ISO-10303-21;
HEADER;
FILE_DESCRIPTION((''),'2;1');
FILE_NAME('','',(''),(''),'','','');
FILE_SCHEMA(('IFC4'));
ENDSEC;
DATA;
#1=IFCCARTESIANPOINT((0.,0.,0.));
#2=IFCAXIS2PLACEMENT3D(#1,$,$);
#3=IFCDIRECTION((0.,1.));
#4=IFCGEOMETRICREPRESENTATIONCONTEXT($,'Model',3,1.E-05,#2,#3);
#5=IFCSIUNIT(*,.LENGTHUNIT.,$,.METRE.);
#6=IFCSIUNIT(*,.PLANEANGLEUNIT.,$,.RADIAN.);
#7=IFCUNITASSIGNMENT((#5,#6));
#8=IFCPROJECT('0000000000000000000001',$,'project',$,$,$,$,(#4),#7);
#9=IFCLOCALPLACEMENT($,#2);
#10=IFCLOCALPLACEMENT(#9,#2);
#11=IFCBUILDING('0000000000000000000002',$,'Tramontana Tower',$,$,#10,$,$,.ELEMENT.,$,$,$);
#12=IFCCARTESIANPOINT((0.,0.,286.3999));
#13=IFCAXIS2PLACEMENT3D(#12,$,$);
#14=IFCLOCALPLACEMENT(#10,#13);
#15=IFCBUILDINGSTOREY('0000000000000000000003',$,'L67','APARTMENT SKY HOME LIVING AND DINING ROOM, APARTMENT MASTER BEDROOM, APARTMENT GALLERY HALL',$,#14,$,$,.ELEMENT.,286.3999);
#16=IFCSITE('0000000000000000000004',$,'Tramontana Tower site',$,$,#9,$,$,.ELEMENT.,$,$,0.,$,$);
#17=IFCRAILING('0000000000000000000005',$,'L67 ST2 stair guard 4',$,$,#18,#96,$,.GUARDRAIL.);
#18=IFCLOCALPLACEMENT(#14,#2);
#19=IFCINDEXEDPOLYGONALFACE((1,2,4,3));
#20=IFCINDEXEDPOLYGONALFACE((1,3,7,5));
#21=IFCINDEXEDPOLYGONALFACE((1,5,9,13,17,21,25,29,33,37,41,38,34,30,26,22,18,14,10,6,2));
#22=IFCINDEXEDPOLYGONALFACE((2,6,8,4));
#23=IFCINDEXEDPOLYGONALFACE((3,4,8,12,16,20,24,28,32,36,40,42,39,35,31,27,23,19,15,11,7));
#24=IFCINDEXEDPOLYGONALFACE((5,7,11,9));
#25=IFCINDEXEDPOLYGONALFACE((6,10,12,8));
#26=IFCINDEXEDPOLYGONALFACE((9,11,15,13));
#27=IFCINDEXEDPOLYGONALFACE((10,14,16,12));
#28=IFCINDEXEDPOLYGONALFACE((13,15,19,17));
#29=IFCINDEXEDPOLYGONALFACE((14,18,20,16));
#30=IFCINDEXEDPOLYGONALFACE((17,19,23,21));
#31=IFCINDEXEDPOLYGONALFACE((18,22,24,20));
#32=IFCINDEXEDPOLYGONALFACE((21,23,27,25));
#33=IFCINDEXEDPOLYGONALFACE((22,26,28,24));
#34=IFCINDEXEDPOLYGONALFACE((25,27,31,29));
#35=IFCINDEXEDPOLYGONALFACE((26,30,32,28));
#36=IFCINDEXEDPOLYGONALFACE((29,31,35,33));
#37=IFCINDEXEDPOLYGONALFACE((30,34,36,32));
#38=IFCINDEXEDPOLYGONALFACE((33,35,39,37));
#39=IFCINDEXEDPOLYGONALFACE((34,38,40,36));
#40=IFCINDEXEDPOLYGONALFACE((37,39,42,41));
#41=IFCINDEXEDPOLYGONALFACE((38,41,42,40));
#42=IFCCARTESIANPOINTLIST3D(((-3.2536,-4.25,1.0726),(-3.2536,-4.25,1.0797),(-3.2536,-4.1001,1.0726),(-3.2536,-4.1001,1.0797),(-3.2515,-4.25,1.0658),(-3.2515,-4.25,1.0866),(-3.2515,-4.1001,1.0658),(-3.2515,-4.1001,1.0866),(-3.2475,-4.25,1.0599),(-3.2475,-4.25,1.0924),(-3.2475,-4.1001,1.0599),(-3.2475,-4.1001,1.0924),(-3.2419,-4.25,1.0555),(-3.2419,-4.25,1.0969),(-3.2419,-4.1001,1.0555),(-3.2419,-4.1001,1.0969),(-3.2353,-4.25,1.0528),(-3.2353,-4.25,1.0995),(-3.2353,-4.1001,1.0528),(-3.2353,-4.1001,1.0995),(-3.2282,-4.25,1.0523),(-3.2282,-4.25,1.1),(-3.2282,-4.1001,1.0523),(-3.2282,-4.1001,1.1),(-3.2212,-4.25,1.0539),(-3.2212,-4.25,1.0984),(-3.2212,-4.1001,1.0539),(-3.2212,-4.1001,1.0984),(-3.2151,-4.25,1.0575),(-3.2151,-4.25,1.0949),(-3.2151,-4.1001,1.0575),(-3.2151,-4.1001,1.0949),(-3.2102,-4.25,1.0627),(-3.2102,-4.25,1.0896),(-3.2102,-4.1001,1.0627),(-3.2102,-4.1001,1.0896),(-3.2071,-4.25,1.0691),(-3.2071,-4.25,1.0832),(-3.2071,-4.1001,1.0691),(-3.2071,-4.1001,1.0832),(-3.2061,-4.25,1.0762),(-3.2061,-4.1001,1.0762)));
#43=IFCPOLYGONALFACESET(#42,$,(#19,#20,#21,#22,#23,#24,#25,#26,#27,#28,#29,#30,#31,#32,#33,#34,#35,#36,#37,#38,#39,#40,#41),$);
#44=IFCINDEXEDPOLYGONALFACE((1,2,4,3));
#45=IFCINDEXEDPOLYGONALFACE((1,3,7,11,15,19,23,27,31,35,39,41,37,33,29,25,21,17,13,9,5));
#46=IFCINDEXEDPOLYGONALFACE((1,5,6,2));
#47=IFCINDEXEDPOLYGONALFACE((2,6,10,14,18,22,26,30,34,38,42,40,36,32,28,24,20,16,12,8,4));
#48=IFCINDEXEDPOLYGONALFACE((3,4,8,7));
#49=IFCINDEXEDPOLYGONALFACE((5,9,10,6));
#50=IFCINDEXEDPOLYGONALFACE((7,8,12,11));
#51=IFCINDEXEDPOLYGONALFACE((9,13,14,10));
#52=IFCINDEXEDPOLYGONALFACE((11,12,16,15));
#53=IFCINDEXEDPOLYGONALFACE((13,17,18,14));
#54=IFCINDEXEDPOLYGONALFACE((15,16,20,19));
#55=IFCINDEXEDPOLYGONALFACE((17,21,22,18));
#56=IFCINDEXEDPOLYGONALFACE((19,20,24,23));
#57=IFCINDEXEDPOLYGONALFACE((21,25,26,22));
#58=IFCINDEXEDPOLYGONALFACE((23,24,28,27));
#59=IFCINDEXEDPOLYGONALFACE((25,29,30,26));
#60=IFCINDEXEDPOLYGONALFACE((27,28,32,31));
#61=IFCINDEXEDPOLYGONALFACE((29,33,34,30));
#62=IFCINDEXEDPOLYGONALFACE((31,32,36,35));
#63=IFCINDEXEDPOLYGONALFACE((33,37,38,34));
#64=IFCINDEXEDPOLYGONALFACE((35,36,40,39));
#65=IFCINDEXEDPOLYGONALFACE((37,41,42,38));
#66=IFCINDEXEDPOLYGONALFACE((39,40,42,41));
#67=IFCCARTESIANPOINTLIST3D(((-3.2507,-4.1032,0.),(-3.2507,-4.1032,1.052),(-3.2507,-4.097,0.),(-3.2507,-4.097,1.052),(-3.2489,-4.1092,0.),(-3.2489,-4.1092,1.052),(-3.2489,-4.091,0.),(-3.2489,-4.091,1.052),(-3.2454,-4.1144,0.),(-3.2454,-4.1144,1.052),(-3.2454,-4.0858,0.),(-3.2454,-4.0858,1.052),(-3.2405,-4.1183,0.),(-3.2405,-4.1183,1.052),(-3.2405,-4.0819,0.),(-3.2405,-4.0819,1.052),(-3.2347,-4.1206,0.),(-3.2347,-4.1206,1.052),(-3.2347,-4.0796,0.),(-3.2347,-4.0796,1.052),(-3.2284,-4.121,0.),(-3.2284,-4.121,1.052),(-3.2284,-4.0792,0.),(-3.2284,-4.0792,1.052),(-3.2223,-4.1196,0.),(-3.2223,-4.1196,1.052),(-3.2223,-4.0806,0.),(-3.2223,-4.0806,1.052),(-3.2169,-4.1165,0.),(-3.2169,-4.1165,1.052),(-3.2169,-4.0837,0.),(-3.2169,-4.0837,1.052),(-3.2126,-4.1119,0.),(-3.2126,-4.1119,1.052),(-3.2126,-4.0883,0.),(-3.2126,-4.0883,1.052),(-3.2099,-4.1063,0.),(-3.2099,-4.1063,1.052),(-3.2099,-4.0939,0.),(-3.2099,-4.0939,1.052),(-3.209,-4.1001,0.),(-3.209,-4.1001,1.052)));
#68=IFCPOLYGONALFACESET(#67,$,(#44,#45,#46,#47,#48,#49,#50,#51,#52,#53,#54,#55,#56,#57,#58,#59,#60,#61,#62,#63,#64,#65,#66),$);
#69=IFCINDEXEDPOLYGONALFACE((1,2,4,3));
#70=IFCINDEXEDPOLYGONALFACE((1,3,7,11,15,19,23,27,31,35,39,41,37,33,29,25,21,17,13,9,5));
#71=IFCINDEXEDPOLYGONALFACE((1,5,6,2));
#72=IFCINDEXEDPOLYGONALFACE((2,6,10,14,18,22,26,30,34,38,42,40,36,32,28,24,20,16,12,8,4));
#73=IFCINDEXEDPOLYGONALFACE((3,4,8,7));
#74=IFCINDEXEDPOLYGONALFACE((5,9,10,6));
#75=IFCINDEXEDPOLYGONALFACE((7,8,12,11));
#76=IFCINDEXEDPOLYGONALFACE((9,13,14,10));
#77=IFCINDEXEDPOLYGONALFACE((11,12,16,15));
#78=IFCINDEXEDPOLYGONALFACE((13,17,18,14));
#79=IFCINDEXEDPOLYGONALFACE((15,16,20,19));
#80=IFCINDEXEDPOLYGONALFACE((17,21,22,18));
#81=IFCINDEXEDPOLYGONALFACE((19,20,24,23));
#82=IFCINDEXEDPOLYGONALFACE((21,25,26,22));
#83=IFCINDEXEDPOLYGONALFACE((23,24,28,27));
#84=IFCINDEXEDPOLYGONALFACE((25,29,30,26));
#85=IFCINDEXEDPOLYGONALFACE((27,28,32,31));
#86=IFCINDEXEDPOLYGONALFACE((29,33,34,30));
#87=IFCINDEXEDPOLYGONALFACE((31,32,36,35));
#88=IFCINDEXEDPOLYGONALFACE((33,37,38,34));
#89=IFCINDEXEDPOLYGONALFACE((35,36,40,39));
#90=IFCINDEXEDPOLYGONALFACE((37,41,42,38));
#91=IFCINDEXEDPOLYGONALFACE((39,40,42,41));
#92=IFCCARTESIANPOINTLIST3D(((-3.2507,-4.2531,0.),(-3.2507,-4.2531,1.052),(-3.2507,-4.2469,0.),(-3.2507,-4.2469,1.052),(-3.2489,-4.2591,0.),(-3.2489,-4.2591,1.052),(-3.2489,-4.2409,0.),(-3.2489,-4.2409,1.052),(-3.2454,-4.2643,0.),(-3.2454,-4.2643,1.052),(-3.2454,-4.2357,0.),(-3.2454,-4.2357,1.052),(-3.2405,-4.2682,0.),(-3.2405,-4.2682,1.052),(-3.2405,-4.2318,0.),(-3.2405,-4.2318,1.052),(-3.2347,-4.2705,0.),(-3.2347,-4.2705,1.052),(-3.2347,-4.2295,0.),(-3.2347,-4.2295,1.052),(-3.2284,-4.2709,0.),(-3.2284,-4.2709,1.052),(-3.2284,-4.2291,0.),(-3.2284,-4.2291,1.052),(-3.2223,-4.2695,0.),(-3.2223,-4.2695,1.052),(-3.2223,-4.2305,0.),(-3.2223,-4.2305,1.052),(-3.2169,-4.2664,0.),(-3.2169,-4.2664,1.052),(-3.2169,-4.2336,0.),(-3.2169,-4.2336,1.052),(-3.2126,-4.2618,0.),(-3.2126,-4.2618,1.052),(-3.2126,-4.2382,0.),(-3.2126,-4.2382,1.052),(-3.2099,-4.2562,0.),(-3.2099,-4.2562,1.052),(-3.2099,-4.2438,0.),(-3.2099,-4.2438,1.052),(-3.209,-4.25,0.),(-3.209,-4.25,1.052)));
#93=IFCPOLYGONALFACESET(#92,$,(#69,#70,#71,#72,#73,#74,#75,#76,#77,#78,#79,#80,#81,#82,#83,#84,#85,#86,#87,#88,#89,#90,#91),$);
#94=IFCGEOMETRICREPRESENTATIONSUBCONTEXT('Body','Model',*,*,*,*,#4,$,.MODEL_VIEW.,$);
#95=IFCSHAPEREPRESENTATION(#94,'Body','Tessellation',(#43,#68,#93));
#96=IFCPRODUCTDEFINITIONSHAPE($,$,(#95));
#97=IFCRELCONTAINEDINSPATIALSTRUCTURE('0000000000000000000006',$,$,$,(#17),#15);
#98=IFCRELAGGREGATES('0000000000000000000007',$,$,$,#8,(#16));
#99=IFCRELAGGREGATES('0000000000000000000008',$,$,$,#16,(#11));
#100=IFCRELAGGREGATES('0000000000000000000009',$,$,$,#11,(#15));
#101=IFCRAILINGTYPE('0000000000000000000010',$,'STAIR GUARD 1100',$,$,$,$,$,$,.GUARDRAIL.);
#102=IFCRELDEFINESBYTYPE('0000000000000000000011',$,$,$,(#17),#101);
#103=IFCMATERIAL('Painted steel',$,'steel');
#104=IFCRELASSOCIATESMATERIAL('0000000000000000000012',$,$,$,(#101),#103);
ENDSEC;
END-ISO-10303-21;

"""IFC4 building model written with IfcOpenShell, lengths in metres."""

from ifc_helpers import new_model, si_unit, direction, frame, origin, origin_2d, place, context, subcontext, project, spatial, circle, extrude, material, type_object, element, save


model = new_model("IFC4")

# Units and contexts
model_context = context("Model", 3, precision=1e-05, world=origin(), true_north=direction((0.0, 1.0)))
body_context = subcontext(model_context, "Body", "Model", "MODEL_VIEW")
ifc_project = project(units=[si_unit("LENGTHUNIT", "METRE"), si_unit("PLANEANGLEUNIT", "RADIAN")], contexts=[model_context])

# Site, building, storey
site_placement = place(None, origin())
site = spatial("IfcSite", under=ifc_project, at=site_placement, Name="Tramontana Tower site", CompositionType="ELEMENT", RefElevation=0.0)
building_placement = place(site_placement, origin())
building = spatial("IfcBuilding", under=site, at=building_placement, Name="Tramontana Tower", CompositionType="ELEMENT")
storey_placement = place(building_placement, frame((0.0, 0.0, 286.3999)))
storey = spatial("IfcBuildingStorey", under=building, at=storey_placement, Name="L67", Description="APARTMENT SKY HOME LIVING AND DINING ROOM, APARTMENT MASTER BEDROOM, APARTMENT GALLERY HALL", CompositionType="ELEMENT", Elevation=286.3999)

# Railing
ifc_material_1 = material(Name="Painted steel", Category="steel")
railing_type_1 = type_object("IfcRailingType", Name="STAIR GUARD 1100", PredefinedType="GUARDRAIL", material=ifc_material_1)
railing_1_placement = place(storey_placement, frame((-3.23, -4.1001, 0.0)))
element("IfcRailing", 1, at=railing_1_placement, inside=storey, type_object=railing_type_1, Name="L67 ST2 stair guard 4", PredefinedType="GUARDRAIL", context=body_context, shape_type="SweptSolid", body=[
    extrude(circle(Radius=0.0239, at=origin_2d()), frame((0.0, 0.0, 1.0762), z_axis=(0.0, -1.0, 0.0), x_axis=(1.0, 0.0, 0.0)), (0.0, 0.0, 1.0), 0.1499),
    extrude(circle(Radius=0.021, at=origin_2d()), origin(), (0.0, 0.0, 1.0), 1.052),
    extrude(circle(Radius=0.021, at=origin_2d()), frame((0.0, -0.1499, 0.0)), (0.0, 0.0, 1.0), 1.052),
])

save(model, "model.ifc")
